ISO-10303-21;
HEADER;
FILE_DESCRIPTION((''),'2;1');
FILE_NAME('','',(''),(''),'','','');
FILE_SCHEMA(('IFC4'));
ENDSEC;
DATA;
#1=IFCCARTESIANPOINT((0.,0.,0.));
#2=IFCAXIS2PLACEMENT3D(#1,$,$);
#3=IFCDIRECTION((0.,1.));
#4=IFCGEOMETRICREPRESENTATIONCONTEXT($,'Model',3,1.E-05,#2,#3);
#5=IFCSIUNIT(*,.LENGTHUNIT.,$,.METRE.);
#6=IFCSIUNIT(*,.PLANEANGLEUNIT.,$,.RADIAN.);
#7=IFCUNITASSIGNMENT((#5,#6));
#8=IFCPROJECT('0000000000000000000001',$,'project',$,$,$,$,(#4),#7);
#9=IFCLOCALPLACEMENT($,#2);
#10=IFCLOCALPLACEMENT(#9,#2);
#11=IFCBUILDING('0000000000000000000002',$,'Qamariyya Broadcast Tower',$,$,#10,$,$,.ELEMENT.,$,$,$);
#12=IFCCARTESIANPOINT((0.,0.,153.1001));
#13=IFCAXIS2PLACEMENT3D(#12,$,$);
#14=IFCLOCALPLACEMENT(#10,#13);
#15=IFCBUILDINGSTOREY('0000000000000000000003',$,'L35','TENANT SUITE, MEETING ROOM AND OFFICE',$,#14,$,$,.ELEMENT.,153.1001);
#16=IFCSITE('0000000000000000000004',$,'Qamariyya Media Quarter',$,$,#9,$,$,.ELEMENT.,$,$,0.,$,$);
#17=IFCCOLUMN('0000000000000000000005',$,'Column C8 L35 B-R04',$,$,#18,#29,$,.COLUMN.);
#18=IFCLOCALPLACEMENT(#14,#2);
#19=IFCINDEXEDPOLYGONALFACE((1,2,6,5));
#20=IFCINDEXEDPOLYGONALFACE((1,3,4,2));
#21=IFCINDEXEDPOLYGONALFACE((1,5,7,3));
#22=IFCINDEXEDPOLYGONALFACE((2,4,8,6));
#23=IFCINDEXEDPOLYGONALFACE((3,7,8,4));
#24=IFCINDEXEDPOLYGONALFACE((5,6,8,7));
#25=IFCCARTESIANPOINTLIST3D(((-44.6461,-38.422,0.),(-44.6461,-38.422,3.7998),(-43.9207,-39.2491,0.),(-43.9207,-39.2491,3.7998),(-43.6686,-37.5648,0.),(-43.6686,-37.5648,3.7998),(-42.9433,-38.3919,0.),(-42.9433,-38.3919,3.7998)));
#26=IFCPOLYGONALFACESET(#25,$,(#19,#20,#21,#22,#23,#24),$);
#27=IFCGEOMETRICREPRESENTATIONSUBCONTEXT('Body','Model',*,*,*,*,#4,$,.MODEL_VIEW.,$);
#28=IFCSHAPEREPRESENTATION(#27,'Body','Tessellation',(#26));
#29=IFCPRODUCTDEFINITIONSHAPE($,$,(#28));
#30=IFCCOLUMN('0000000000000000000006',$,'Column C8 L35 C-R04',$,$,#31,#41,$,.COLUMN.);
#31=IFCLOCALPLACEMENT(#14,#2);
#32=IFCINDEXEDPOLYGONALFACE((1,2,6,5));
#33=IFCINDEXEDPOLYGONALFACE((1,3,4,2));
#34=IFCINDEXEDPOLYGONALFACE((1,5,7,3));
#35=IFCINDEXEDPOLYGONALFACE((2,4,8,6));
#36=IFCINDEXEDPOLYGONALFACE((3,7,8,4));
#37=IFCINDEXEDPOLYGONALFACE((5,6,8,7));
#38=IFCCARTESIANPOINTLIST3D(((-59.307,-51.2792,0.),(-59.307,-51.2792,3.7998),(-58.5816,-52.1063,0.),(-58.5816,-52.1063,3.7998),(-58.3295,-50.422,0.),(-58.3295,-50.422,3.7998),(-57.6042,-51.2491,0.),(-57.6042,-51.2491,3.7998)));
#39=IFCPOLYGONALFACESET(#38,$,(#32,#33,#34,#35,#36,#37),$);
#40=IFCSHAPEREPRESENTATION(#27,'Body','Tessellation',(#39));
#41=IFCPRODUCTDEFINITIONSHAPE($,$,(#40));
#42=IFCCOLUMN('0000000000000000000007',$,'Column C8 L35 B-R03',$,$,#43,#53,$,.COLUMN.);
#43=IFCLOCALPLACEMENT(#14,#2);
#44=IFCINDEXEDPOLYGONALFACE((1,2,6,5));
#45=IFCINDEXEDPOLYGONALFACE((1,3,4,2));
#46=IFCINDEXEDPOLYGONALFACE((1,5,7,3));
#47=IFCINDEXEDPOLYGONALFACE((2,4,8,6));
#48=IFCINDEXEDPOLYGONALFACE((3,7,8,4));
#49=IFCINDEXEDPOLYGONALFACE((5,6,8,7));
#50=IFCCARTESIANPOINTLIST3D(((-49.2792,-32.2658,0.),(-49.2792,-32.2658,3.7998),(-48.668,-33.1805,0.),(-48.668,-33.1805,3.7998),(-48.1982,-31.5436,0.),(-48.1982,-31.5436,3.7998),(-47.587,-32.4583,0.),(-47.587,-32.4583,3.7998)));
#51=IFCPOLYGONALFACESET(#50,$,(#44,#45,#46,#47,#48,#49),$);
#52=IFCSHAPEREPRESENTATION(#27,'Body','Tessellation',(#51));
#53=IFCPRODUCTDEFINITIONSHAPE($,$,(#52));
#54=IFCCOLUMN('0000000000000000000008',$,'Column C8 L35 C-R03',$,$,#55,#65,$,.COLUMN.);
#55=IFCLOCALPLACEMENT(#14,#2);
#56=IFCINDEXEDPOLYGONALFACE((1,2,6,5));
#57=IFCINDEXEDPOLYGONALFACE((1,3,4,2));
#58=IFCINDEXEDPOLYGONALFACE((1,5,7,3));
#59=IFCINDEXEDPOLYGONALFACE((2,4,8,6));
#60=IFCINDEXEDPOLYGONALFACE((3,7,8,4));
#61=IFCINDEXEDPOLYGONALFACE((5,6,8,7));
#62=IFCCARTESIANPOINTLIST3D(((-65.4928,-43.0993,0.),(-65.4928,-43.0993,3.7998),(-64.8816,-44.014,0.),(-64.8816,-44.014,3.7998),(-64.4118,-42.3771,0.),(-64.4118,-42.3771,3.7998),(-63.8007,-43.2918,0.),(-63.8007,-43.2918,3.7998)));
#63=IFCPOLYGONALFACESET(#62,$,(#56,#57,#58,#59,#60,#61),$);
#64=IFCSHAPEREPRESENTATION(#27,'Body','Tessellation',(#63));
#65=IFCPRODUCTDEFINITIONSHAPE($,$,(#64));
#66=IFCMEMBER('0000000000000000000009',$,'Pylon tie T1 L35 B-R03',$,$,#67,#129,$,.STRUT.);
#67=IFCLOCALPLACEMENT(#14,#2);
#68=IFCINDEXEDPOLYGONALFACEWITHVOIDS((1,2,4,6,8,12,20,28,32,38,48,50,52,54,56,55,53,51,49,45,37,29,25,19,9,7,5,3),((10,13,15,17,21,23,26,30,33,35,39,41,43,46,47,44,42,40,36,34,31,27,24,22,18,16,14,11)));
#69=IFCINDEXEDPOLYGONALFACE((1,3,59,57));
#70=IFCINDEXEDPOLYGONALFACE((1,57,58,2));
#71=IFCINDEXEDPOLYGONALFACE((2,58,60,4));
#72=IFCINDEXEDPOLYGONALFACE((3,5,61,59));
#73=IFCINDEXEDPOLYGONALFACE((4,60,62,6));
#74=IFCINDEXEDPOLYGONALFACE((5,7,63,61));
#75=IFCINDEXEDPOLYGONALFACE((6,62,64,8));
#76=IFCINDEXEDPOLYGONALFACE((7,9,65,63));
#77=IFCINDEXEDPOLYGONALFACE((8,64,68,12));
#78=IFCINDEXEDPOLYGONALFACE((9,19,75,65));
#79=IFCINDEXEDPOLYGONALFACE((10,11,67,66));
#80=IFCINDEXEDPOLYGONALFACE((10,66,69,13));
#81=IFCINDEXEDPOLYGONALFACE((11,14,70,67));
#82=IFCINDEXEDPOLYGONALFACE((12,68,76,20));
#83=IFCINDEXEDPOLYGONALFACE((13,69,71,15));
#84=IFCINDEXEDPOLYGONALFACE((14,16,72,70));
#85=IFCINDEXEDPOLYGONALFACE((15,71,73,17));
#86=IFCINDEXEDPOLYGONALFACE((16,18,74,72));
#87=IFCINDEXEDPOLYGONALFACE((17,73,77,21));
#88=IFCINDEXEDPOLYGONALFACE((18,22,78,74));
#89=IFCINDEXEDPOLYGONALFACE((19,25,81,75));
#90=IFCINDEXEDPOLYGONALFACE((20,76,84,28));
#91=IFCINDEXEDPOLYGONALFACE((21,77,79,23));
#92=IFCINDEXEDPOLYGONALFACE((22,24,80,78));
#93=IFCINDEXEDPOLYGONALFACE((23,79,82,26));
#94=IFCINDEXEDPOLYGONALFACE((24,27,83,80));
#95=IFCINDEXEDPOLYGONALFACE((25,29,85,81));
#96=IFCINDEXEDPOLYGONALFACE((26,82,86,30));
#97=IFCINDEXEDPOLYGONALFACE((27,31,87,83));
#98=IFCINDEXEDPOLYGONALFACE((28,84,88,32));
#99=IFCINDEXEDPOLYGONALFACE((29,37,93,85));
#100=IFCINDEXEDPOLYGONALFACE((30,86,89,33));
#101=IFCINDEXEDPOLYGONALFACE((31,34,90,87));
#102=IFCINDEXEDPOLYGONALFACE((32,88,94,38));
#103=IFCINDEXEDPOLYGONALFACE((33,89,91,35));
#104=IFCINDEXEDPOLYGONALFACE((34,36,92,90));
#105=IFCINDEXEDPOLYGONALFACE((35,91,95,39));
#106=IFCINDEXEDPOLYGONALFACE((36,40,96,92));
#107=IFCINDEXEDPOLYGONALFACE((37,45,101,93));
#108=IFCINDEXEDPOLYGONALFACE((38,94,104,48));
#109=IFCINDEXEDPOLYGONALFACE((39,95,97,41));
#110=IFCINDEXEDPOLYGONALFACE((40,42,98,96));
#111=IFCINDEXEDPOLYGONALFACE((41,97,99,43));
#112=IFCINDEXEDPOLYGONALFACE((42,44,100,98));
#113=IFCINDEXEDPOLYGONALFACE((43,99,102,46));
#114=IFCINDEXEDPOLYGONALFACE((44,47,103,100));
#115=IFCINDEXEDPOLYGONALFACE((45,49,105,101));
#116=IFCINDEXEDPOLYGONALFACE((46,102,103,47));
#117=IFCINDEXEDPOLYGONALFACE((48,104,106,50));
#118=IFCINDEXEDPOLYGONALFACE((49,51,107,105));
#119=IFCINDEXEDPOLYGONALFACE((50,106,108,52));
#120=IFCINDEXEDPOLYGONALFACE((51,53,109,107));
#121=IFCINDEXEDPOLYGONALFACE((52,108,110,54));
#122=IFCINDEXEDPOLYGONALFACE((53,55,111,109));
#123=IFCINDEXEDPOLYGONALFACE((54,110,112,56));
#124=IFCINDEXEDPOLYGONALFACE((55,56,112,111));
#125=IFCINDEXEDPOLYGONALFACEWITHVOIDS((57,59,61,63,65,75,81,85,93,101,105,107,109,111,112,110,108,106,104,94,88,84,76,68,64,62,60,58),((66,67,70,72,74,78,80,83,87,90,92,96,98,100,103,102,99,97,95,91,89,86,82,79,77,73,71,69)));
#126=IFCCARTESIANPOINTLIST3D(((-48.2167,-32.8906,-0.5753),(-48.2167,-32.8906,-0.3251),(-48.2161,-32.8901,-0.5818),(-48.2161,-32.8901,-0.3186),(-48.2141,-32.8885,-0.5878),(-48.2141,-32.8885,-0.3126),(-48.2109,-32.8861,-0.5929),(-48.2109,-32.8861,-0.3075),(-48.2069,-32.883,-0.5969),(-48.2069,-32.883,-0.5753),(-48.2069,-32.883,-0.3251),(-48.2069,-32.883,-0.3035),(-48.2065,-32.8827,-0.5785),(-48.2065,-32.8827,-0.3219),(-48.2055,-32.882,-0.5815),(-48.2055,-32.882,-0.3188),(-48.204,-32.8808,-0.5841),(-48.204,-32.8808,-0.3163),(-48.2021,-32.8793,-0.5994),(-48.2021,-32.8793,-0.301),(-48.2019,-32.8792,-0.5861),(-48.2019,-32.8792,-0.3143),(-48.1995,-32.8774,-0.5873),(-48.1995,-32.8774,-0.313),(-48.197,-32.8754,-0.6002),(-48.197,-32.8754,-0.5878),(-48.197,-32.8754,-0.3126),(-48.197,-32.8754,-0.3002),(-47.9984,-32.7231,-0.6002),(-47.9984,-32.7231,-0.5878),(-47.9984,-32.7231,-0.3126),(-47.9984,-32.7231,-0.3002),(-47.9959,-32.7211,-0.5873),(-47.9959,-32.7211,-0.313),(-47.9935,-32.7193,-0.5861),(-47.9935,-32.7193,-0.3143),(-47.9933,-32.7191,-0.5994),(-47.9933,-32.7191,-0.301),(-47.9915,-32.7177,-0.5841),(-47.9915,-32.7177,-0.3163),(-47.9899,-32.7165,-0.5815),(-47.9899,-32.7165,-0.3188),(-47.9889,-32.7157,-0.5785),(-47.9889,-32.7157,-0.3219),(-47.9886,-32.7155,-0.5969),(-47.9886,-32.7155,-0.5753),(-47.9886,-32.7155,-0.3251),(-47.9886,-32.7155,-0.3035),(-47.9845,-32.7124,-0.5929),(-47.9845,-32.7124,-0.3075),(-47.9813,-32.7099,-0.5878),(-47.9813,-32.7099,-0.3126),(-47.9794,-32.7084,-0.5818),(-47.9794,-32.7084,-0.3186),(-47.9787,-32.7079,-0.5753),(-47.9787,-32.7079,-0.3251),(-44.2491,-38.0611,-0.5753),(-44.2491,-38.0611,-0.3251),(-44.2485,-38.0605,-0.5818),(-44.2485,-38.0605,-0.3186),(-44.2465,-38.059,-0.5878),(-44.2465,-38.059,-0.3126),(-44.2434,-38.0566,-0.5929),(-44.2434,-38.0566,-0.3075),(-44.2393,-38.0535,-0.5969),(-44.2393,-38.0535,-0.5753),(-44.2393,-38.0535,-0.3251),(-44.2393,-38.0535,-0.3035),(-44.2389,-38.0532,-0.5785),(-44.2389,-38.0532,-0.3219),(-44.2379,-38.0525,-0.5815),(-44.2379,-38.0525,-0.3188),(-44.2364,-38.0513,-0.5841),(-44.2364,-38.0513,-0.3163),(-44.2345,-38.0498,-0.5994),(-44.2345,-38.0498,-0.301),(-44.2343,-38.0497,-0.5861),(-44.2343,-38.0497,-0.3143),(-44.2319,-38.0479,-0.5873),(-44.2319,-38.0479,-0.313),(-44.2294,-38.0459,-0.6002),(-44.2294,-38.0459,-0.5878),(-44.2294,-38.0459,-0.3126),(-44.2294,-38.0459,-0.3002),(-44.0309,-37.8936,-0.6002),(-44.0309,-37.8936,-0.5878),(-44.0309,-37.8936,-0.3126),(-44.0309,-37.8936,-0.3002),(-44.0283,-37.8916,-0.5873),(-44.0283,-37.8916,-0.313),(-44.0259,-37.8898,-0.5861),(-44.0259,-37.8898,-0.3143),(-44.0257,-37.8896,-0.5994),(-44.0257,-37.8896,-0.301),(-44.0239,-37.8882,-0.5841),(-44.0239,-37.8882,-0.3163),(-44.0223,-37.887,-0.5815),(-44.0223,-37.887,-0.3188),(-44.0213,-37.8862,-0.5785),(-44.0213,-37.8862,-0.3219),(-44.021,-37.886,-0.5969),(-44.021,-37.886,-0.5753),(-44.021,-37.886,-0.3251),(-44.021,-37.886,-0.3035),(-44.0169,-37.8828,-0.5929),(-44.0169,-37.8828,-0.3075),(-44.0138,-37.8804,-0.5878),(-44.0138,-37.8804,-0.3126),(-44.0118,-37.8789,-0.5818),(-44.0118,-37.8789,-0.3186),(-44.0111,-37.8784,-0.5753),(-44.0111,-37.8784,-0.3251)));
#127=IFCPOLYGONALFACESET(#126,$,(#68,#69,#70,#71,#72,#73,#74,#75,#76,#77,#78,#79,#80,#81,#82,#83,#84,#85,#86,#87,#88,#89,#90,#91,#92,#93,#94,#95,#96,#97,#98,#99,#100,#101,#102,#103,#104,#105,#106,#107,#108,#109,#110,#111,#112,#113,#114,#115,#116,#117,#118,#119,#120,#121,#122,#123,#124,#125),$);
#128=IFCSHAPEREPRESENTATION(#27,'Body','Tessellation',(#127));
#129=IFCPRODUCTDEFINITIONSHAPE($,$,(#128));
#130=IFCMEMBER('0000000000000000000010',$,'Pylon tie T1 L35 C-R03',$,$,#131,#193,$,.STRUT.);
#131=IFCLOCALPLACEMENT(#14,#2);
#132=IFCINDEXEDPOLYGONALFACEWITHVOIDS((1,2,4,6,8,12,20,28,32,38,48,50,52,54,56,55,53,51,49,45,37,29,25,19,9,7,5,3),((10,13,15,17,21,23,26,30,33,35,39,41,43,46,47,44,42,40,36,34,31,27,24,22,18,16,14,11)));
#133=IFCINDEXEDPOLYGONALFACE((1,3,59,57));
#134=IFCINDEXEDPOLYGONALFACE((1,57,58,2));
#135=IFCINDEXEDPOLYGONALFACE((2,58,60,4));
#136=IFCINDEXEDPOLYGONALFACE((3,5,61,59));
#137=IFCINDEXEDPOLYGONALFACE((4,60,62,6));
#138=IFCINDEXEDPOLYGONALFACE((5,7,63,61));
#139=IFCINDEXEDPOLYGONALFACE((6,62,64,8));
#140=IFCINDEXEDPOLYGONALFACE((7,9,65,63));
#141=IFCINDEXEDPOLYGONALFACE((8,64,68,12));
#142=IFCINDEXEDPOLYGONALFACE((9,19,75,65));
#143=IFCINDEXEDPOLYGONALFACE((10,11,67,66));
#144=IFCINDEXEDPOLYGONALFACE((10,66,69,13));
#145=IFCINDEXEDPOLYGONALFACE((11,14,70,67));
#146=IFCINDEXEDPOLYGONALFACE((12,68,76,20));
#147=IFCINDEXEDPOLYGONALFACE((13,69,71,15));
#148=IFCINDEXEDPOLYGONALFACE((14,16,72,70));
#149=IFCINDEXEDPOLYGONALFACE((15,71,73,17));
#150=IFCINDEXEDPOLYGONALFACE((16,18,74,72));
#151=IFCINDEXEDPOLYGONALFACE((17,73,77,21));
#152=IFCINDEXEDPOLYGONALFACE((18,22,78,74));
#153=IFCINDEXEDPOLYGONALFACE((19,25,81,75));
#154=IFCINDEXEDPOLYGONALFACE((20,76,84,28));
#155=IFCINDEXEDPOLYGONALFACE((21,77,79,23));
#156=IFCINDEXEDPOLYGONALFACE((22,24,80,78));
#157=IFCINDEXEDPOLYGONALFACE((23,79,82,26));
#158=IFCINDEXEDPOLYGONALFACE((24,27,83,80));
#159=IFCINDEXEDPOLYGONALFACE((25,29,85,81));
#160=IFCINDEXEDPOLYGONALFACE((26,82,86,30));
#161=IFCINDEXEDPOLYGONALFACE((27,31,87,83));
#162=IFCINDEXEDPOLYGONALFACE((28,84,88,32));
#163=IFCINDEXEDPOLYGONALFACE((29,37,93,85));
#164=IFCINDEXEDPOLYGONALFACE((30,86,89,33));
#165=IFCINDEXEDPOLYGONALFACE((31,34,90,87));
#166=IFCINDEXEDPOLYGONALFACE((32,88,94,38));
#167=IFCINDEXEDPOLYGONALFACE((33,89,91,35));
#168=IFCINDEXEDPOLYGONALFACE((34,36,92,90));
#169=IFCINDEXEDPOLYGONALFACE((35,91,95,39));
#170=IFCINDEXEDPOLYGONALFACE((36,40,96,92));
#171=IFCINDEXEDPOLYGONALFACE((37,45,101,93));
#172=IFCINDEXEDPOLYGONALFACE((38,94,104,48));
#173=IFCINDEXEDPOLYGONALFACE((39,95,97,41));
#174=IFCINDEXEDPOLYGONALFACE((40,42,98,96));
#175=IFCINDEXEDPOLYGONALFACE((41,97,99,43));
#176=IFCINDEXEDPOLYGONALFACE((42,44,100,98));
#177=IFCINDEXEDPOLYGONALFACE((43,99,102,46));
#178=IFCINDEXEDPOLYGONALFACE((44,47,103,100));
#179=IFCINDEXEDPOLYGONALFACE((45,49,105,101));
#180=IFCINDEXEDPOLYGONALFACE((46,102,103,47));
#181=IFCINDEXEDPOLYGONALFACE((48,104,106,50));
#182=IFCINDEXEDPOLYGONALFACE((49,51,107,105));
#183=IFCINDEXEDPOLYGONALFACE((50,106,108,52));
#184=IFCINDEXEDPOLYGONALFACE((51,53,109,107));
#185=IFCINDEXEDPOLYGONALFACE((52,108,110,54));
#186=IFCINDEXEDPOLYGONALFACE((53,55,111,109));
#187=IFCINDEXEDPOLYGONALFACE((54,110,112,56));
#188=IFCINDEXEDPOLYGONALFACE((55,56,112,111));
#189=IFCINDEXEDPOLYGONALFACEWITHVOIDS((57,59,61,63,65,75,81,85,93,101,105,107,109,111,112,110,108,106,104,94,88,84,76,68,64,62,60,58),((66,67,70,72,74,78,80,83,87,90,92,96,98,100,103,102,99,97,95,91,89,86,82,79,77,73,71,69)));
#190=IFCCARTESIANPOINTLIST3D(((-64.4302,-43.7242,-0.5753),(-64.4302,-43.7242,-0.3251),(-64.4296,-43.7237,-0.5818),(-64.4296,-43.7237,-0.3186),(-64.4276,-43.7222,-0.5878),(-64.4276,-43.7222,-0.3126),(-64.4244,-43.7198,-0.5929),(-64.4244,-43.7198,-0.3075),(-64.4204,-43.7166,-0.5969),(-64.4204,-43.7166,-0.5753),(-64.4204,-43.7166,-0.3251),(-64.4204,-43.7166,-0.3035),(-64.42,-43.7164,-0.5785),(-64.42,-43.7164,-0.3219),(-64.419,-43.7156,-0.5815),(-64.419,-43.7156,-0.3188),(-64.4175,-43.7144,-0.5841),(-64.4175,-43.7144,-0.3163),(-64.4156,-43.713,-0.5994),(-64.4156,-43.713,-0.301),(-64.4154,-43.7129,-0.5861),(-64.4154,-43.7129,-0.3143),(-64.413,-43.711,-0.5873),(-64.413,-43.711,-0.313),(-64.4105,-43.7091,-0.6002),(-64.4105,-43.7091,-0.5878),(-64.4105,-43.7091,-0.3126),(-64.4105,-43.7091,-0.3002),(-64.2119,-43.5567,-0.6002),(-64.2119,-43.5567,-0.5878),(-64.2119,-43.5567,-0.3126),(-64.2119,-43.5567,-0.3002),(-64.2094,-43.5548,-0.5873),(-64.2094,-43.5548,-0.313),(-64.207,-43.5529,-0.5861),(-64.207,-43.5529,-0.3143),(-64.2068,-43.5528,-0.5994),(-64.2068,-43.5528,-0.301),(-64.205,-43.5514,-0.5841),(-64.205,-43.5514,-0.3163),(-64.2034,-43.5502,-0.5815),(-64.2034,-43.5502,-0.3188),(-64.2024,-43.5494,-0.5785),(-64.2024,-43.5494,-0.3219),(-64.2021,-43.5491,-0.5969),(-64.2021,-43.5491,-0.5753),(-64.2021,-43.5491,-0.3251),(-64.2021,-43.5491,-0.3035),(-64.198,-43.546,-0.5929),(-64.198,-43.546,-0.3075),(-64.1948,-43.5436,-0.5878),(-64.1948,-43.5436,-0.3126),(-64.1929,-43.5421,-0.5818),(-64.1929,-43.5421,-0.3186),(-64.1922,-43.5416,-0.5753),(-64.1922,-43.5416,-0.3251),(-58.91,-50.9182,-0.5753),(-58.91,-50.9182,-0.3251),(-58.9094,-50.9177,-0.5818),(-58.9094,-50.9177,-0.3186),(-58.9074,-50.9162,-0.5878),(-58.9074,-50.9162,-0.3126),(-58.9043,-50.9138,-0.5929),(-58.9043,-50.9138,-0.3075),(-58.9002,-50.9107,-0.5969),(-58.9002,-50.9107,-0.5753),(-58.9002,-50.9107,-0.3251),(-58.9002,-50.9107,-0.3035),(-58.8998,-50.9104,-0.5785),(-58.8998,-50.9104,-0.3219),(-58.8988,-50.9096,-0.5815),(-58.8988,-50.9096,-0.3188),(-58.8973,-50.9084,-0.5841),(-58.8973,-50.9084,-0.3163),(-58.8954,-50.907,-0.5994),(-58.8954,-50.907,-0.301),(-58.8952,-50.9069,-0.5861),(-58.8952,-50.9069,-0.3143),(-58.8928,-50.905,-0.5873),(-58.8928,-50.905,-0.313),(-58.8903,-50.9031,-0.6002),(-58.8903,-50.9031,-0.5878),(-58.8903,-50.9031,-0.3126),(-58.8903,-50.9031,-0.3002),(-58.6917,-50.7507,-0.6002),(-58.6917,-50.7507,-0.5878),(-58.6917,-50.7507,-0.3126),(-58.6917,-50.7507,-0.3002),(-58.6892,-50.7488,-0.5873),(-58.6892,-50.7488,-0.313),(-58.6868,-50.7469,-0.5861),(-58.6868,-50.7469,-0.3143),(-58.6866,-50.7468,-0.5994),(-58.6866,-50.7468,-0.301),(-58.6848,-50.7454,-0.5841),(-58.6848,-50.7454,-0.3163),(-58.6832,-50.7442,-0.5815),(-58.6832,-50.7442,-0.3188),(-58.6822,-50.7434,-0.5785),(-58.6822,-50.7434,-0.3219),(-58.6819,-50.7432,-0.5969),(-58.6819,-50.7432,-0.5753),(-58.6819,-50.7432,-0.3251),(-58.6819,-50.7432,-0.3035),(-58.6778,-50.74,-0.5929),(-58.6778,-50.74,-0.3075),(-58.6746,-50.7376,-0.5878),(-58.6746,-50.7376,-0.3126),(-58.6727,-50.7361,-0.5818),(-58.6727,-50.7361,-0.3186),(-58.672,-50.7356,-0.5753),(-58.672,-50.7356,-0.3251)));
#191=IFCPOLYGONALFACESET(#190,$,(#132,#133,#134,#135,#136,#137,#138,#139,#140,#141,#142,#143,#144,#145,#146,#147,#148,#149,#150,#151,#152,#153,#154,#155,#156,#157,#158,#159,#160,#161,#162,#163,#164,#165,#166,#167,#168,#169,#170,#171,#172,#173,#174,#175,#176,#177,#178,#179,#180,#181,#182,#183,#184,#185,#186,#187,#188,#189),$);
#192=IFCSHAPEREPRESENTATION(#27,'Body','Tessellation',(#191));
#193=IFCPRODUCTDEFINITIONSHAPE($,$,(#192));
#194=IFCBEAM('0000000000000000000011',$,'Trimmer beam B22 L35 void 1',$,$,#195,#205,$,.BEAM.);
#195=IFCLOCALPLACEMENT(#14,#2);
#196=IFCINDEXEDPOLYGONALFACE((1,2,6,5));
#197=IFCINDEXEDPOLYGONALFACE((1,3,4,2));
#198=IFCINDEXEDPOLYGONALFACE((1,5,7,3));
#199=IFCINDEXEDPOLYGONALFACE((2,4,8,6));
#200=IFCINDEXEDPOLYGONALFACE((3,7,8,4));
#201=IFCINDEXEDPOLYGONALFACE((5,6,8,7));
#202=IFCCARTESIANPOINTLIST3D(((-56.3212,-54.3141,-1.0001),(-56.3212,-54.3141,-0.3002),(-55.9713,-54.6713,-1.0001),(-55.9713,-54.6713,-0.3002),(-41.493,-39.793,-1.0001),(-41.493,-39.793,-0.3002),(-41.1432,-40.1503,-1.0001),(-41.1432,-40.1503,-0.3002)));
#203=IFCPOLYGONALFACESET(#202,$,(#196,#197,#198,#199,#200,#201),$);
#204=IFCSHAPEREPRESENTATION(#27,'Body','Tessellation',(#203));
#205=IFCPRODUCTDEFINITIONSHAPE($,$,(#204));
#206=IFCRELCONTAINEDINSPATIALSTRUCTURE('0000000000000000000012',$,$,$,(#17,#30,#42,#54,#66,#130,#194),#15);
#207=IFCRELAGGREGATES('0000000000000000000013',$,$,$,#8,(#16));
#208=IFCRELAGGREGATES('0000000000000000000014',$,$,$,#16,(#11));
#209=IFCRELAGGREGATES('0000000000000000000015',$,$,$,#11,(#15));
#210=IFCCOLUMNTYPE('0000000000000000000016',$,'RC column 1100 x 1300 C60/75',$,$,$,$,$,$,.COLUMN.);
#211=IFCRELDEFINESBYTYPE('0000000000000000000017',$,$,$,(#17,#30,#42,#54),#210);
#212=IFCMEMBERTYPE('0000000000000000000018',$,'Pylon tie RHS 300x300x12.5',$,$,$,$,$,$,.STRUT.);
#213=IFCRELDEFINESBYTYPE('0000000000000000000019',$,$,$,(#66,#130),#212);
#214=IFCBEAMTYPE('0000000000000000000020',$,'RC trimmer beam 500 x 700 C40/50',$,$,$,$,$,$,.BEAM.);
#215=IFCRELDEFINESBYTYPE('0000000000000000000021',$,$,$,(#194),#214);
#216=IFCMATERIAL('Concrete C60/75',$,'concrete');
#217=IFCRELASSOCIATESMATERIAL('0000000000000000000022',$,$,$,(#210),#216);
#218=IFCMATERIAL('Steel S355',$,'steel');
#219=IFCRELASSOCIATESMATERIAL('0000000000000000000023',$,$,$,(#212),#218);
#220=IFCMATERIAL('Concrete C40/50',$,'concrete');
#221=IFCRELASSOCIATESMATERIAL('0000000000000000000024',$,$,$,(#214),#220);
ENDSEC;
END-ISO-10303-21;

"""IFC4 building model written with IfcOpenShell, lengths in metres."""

from ifc_helpers import new_model, si_unit, direction, frame, origin, origin_2d, place, context, subcontext, project, spatial, rectangle, hollow_rectangle, extrude, material, material_profile, profile_set, type_object, element, save


model = new_model("IFC4")

# Units and contexts
model_context = context("Model", 3, precision=1e-05, world=origin(), true_north=direction((0.0, 1.0)))
body_context = subcontext(model_context, "Body", "Model", "MODEL_VIEW")
ifc_project = project(units=[si_unit("LENGTHUNIT", "METRE"), si_unit("PLANEANGLEUNIT", "RADIAN")], contexts=[model_context])

# Site, building, storey
site_placement = place(None, origin())
site = spatial("IfcSite", under=ifc_project, at=site_placement, Name="Qamariyya Media Quarter", CompositionType="ELEMENT", RefElevation=0.0)
building_placement = place(site_placement, origin())
building = spatial("IfcBuilding", under=site, at=building_placement, Name="Qamariyya Broadcast Tower", CompositionType="ELEMENT")
storey_placement = place(building_placement, frame((0.0, 0.0, 153.1001)))
storey = spatial("IfcBuildingStorey", under=building, at=storey_placement, Name="L35", Description="TENANT SUITE, MEETING ROOM AND OFFICE", CompositionType="ELEMENT", Elevation=153.1001)

# Columns
ifc_material_1 = material(Name="Concrete C60/75", Category="concrete")
ifc_material_profile_1 = material_profile(ifc_material_1, rectangle(XDim=1.1001, YDim=1.3, at=origin_2d()))
ifc_profile_set_1 = profile_set([ifc_material_profile_1], Name="Concrete C60/75")
column_type = type_object("IfcColumnType", Name="RC column 1100 x 1300 C60/75", PredefinedType="COLUMN", material=ifc_profile_set_1)
for number, where, z_axis, x_axis, name in (
    (1, (-43.7947, -38.407, 0.0), (0.0, 0.0, 1.0), (0.659346, -0.75184, 0.0), "Column C8 L35 B-R04"),
    (2, (-58.4556, -51.2642, 0.0), (0.0, 0.0, 1.0), (0.659346, -0.75184, 0.0), "Column C8 L35 C-R04"),
    (3, (-48.4331, -32.3621, 0.0), (0.0, 0.0, 1.0), (0.55557, -0.83147, 0.0), "Column C8 L35 B-R03"),
    (4, (-64.6467, -43.1956, 0.0), (0.0, 0.0, 1.0), (0.55557, -0.83147, 0.0), "Column C8 L35 C-R03"),
):
    element("IfcColumn", number, at=place(storey_placement, frame(where, z_axis=z_axis, x_axis=x_axis)), inside=storey, type_object=column_type, Name=name, PredefinedType="COLUMN", context=body_context, shape_type="SweptSolid", body=[
        extrude(rectangle(XDim=1.1001, YDim=1.3, at=origin_2d()), origin(), (0.0, 0.0, 1.0), 3.7998),
    ])

# Members
ifc_material_2 = material(Name="Steel S355", Category="steel")
ifc_material_profile_2 = material_profile(ifc_material_2, hollow_rectangle(XDim=0.3, YDim=0.3, WallThickness=0.0125, InnerFilletRadius=0.0125, OuterFilletRadius=0.0249, at=origin_2d()))
ifc_profile_set_2 = profile_set([ifc_material_profile_2], Name="Steel S355")
member_type = type_object("IfcMemberType", Name="Pylon tie RHS 300x300x12.5", PredefinedType="STRUT", material=ifc_profile_set_2)
member_1_placement = place(storey_placement, frame((-44.1301, -37.9697, -0.4502), z_axis=(-0.608774, 0.793343, 0.0), x_axis=(-0.793343, -0.608774, 0.0)))
element("IfcMember", 5, at=member_1_placement, inside=storey, type_object=member_type, Name="Pylon tie T1 L35 B-R03", PredefinedType="STRUT", context=body_context, shape_type="SweptSolid", body=[
    extrude(hollow_rectangle(XDim=0.3, YDim=0.3, WallThickness=0.0125, InnerFilletRadius=0.0125, OuterFilletRadius=0.0249, at=origin_2d()), origin(), (0.0, 0.0, 1.0), 6.5173),
])
member_2_placement = place(storey_placement, frame((-58.791, -50.8269, -0.4502), z_axis=(-0.608764, 0.793351, 0.0), x_axis=(-0.793351, -0.608764, 0.0)))
element("IfcMember", 6, at=member_2_placement, inside=storey, type_object=member_type, Name="Pylon tie T1 L35 C-R03", PredefinedType="STRUT", context=body_context, shape_type="SweptSolid", body=[
    extrude(hollow_rectangle(XDim=0.3, YDim=0.3, WallThickness=0.0125, InnerFilletRadius=0.0125, OuterFilletRadius=0.0249, at=origin_2d()), origin(), (0.0, 0.0, 1.0), 9.0679),
])

# Beam
ifc_material_3 = material(Name="Concrete C40/50", Category="concrete")
ifc_material_profile_3 = material_profile(ifc_material_3, rectangle(XDim=0.5, YDim=0.7, at=origin_2d()))
ifc_profile_set_3 = profile_set([ifc_material_profile_3], Name="Concrete C40/50")
beam_type = type_object("IfcBeamType", Name="RC trimmer beam 500 x 700 C40/50", PredefinedType="BEAM", material=ifc_profile_set_3)
beam_placement = place(storey_placement, frame((-56.1462, -54.4927, -0.6501), z_axis=(0.714467, 0.699669, 0.0), x_axis=(-0.699669, 0.714467, 0.0)))
element("IfcBeam", 7, at=beam_placement, inside=storey, type_object=beam_type, Name="Trimmer beam B22 L35 void 1", PredefinedType="BEAM", context=body_context, shape_type="SweptSolid", body=[
    extrude(rectangle(XDim=0.5, YDim=0.7, at=origin_2d()), origin(), (0.0, 0.0, 1.0), 20.7542),
])

save(model, "model.ifc")
